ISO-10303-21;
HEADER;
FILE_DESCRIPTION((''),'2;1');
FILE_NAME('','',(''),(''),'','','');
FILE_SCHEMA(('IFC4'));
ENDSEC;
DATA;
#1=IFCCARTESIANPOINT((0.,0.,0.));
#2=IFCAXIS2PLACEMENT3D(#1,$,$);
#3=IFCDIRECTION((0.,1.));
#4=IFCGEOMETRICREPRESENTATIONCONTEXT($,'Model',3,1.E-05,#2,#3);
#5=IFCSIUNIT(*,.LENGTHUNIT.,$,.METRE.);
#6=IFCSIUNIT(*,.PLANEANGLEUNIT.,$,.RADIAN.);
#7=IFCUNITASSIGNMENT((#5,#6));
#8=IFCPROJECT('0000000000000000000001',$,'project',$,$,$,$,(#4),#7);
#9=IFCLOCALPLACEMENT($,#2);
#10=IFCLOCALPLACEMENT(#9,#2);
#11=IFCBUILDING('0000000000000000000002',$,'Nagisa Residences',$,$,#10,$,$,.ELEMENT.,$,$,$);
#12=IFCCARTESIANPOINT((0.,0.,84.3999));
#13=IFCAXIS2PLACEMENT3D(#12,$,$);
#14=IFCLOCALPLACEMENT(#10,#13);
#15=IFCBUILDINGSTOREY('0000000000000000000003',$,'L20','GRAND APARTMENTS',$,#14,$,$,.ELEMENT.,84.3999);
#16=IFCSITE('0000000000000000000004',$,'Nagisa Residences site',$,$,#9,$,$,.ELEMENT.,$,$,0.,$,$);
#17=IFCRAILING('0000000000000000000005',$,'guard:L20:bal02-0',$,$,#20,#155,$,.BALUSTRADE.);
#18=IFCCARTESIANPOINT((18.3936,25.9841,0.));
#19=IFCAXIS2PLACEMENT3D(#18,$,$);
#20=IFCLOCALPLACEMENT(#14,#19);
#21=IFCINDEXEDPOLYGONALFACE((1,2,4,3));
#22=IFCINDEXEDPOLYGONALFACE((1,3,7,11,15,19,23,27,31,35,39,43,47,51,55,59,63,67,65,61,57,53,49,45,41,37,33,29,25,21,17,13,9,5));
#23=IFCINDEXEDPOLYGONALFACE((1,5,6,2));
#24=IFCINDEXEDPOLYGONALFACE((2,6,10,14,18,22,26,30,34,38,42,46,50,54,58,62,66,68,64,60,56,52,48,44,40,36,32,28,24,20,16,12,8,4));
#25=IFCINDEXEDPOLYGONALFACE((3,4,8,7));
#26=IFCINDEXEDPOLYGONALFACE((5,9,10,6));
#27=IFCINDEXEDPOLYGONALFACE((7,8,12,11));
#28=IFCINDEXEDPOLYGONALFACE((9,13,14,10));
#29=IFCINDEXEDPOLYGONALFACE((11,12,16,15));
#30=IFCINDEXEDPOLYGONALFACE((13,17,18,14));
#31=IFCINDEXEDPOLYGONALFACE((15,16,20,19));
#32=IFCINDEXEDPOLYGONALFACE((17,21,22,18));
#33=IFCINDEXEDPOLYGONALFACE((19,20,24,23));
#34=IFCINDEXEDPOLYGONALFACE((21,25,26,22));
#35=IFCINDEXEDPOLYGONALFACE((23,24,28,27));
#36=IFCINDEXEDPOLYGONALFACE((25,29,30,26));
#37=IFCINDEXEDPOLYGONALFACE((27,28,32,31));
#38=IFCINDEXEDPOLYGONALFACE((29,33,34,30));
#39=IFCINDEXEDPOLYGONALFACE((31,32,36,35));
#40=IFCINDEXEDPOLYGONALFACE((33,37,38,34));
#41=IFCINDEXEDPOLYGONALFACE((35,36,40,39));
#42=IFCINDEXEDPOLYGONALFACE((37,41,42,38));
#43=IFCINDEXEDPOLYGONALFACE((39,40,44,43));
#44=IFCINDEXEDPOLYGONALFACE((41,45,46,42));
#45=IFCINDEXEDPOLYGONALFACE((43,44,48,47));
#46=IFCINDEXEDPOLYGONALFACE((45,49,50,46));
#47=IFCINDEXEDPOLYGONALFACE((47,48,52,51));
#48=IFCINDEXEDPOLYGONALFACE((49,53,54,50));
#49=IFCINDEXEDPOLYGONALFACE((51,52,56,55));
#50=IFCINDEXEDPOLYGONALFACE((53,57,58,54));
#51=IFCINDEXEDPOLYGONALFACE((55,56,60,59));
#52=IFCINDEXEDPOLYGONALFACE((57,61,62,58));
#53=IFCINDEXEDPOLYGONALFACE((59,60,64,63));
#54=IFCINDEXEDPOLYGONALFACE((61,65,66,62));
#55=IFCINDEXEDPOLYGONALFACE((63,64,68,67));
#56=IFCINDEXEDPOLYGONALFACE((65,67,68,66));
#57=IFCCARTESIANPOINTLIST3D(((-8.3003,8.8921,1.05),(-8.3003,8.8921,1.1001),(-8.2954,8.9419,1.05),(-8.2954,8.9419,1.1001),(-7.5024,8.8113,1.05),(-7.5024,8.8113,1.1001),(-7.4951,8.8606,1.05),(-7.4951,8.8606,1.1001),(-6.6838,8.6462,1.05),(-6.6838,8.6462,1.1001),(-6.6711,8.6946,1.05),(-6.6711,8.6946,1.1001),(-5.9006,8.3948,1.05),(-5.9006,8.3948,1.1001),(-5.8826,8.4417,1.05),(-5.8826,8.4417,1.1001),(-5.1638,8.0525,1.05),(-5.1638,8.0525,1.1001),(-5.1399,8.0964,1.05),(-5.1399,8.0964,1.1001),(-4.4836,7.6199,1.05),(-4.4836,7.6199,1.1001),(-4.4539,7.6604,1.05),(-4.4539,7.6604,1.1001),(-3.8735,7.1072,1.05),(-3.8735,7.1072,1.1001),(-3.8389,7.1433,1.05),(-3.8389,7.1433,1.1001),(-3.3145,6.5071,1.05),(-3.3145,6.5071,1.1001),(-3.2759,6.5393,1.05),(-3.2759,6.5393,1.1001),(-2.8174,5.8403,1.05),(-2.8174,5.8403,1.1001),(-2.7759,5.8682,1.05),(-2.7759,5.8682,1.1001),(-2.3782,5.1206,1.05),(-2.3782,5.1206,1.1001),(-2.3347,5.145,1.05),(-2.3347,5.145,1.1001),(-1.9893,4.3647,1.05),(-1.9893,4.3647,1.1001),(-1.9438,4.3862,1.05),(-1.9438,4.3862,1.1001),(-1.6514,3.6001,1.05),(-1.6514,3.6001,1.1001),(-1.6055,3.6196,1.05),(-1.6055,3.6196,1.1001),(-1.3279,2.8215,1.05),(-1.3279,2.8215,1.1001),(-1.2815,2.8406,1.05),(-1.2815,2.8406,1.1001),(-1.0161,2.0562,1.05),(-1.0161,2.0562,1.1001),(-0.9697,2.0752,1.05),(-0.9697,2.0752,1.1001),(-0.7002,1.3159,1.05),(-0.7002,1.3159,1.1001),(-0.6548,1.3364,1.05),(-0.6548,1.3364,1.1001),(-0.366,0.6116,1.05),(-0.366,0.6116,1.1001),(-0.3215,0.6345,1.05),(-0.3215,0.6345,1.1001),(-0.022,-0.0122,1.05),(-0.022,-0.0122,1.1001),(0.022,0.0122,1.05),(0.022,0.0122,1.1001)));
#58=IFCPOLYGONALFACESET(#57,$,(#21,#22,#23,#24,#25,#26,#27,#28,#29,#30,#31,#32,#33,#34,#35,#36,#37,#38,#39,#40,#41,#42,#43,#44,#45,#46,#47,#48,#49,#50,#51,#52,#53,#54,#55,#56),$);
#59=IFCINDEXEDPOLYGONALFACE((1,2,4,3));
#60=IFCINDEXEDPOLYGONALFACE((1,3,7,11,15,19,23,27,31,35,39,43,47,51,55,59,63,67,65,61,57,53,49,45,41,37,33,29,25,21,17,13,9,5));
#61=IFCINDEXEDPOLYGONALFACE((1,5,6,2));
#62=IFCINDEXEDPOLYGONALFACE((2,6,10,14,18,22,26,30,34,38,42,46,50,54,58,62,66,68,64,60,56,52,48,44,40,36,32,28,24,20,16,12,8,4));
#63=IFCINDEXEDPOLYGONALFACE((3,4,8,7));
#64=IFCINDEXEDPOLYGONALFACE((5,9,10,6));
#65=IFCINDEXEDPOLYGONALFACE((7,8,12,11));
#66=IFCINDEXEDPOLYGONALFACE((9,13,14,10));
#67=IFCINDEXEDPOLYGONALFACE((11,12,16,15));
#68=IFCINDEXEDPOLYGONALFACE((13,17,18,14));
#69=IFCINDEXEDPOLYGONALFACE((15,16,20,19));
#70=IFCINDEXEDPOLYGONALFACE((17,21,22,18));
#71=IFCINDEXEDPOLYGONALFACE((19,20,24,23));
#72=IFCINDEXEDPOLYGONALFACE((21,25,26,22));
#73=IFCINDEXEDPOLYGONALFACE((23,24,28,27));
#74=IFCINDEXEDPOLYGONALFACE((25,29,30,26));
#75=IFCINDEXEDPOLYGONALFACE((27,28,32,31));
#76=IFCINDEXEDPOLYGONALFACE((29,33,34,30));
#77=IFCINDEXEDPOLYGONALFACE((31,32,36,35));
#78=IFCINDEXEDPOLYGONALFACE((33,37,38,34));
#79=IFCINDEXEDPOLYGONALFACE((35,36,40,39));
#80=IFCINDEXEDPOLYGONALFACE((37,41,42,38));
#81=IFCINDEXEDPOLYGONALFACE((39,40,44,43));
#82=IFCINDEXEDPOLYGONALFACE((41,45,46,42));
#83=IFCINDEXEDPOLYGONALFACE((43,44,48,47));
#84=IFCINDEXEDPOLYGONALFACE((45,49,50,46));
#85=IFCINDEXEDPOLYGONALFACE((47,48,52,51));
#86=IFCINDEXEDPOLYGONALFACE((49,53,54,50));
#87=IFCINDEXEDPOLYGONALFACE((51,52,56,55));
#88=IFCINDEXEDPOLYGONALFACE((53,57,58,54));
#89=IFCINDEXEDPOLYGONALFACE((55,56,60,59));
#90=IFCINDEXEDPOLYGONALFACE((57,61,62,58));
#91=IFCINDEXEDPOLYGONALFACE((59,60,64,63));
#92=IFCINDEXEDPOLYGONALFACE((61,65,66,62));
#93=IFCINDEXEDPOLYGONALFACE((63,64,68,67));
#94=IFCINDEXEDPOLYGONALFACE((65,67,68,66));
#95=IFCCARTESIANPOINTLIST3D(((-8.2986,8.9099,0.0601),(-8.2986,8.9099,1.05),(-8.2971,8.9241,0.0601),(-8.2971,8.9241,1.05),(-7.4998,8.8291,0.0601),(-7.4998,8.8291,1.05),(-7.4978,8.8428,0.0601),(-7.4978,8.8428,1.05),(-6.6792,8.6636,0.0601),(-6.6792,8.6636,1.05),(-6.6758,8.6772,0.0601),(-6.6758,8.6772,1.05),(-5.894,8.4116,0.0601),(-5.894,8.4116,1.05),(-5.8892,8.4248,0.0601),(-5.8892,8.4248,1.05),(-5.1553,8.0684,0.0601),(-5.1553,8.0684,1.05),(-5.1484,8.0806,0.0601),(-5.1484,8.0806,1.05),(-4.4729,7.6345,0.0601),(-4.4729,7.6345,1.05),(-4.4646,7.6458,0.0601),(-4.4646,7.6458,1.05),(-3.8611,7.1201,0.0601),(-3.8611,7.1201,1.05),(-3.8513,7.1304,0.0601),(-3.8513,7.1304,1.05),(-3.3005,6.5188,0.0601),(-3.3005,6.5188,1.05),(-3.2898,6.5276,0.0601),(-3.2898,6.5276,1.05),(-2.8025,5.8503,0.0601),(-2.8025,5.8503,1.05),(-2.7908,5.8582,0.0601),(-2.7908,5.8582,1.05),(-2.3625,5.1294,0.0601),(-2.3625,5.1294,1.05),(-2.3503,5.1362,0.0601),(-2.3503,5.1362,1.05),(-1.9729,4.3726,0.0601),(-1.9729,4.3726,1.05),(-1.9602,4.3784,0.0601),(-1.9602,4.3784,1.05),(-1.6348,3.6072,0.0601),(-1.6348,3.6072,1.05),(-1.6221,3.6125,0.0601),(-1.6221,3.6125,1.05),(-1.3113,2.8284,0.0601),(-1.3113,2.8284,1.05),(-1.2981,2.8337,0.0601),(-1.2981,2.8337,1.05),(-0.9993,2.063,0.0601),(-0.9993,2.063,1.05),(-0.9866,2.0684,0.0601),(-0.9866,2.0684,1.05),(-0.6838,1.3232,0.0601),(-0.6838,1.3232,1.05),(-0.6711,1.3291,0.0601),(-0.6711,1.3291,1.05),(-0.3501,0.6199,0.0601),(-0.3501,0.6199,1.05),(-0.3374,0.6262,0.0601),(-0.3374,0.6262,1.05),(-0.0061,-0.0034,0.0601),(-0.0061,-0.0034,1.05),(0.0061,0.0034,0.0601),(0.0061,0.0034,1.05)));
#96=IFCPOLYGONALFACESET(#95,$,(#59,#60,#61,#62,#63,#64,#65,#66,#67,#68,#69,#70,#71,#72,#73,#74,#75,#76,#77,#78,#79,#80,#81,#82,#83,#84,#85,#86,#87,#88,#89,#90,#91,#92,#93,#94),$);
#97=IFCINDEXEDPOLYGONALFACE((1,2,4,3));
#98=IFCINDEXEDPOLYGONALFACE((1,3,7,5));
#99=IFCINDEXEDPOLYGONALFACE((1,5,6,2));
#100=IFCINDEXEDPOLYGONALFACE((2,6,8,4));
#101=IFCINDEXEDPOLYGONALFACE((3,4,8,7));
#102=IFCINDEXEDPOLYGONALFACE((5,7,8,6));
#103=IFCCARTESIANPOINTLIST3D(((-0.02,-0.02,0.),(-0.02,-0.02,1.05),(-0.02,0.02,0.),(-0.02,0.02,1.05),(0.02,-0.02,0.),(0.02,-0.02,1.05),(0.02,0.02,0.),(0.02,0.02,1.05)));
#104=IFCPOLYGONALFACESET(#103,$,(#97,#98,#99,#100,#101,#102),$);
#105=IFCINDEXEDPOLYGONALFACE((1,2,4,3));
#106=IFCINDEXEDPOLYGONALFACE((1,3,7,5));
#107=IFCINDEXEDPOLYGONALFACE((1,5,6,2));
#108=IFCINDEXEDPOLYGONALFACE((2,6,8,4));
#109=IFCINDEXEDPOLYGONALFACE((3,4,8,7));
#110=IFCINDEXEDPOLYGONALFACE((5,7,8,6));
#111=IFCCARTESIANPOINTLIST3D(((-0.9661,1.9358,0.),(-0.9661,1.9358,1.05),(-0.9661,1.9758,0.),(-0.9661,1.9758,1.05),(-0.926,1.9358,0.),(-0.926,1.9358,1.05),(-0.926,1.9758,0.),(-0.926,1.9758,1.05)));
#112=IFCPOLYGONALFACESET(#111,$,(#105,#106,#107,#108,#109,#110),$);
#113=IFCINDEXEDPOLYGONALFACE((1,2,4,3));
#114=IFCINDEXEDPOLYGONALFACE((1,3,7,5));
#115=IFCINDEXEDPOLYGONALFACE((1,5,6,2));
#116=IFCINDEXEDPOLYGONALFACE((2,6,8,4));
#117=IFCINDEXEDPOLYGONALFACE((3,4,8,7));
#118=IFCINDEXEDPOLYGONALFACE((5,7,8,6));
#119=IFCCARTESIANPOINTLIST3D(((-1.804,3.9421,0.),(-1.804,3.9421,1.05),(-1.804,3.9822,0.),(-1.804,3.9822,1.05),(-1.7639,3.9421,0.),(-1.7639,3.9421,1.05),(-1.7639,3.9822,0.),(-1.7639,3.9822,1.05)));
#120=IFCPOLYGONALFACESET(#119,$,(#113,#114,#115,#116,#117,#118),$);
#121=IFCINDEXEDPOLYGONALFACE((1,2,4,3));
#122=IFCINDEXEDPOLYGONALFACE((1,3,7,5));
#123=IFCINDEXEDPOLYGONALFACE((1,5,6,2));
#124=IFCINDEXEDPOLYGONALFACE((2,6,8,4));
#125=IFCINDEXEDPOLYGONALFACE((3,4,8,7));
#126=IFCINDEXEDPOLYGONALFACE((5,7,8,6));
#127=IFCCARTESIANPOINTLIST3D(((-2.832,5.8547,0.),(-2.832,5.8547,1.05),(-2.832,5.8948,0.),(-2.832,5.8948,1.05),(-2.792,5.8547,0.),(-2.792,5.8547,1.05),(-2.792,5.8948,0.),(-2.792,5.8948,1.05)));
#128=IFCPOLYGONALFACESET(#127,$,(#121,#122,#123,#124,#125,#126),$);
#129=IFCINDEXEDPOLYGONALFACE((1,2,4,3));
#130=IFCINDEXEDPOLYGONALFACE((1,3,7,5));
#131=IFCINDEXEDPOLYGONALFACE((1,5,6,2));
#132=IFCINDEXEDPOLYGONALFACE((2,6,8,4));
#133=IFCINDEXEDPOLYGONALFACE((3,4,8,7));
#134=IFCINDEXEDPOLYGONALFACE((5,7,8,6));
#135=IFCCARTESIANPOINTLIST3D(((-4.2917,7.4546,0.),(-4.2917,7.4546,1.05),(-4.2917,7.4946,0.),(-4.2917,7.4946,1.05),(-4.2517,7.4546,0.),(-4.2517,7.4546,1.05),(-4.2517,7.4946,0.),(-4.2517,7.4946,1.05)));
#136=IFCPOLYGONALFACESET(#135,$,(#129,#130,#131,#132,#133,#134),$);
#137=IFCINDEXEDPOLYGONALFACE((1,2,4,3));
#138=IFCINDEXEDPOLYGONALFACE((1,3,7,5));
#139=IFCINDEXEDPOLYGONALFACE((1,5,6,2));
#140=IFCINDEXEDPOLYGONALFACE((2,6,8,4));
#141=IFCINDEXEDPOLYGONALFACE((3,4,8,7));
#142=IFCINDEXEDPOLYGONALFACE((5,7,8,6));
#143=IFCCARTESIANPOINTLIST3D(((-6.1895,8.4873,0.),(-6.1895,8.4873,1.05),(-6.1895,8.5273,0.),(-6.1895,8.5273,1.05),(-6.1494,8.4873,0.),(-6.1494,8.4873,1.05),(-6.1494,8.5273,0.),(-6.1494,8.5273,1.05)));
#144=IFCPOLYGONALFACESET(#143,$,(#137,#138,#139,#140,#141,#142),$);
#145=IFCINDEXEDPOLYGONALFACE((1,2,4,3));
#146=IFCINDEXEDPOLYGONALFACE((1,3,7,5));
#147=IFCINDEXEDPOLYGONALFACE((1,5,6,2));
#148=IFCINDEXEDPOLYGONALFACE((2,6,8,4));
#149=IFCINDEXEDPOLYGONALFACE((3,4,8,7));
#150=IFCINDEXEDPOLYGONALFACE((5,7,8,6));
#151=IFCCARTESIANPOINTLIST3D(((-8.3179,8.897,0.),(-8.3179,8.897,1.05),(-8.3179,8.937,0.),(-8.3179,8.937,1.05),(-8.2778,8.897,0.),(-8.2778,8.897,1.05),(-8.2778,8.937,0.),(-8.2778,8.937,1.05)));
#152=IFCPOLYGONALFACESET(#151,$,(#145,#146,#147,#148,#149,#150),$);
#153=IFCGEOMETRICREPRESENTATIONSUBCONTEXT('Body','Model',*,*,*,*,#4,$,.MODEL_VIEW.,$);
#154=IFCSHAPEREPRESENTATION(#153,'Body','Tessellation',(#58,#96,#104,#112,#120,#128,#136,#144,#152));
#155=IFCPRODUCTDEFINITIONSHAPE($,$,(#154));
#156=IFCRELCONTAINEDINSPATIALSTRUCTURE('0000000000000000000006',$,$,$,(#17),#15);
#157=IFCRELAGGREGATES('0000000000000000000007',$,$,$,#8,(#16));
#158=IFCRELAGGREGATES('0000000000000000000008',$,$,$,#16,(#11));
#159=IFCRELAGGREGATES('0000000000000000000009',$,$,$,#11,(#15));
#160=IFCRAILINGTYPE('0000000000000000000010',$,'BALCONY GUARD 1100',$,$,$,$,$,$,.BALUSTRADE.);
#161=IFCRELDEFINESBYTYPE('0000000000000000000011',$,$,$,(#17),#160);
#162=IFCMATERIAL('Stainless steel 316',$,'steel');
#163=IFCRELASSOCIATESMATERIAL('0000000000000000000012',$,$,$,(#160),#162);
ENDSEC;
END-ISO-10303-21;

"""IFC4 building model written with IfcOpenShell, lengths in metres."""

from ifc_helpers import new_model, si_unit, direction, frame, origin, origin_2d, place, context, subcontext, project, spatial, polyline, rectangle, outline, extrude, material, type_object, element, save


model = new_model("IFC4")

# Units and contexts
model_context = context("Model", 3, precision=1e-05, world=origin(), true_north=direction((0.0, 1.0)))
body_context = subcontext(model_context, "Body", "Model", "MODEL_VIEW")
ifc_project = project(units=[si_unit("LENGTHUNIT", "METRE"), si_unit("PLANEANGLEUNIT", "RADIAN")], contexts=[model_context])

# Site, building, storey
site_placement = place(None, origin())
site = spatial("IfcSite", under=ifc_project, at=site_placement, Name="Nagisa Residences site", CompositionType="ELEMENT", RefElevation=0.0)
building_placement = place(site_placement, origin())
building = spatial("IfcBuilding", under=site, at=building_placement, Name="Nagisa Residences", CompositionType="ELEMENT")
storey_placement = place(building_placement, frame((0.0, 0.0, 84.3999)))
storey = spatial("IfcBuildingStorey", under=building, at=storey_placement, Name="L20", Description="GRAND APARTMENTS", CompositionType="ELEMENT", Elevation=84.3999)

# Railing
ifc_material_1 = material(Name="Stainless steel 316", Category="steel")
railing_type = type_object("IfcRailingType", Name="BALCONY GUARD 1100", PredefinedType="BALUSTRADE", material=ifc_material_1)
railing_1_placement = place(storey_placement, frame((18.3936, 25.9841, 0.0)))
element("IfcRailing", 1, at=railing_1_placement, inside=storey, type_object=railing_type, Name="guard:L20:bal02-0", PredefinedType="BALUSTRADE", context=body_context, shape_type="SweptSolid", body=[
    extrude(outline(polyline([(-0.366, 0.6116), (-0.022, -0.0122), (0.022, 0.0122), (-0.3215, 0.6345), (-0.6548, 1.3364), (-0.9697, 2.0752), (-1.2815, 2.8406), (-1.6055, 3.6196), (-1.9438, 4.3862), (-2.3347, 5.145), (-2.7759, 5.8682), (-3.2759, 6.5393), (-3.8389, 7.1433), (-4.4539, 7.6604), (-5.1399, 8.0964), (-5.8826, 8.4417), (-6.6711, 8.6946), (-7.4951, 8.8606), (-8.2954, 8.9419), (-8.3003, 8.8921), (-7.5024, 8.8113), (-6.6838, 8.6462), (-5.9006, 8.3948), (-5.1638, 8.0525), (-4.4836, 7.6199), (-3.8735, 7.1072), (-3.3145, 6.5071), (-2.8174, 5.8403), (-2.3782, 5.1206), (-1.9893, 4.3647), (-1.6514, 3.6001), (-1.3279, 2.8215), (-1.0161, 2.0562), (-0.7002, 1.3159), (-0.366, 0.6116)])), frame((0.0, 0.0, 1.05)), (0.0, 0.0, 1.0), 0.05),
    extrude(outline(polyline([(-0.3501, 0.6199), (-0.0061, -0.0034), (0.0061, 0.0034), (-0.3374, 0.6262), (-0.6711, 1.3291), (-0.9866, 2.0684), (-1.2981, 2.8337), (-1.6221, 3.6125), (-1.9602, 4.3784), (-2.3503, 5.1362), (-2.7908, 5.8582), (-3.2898, 6.5276), (-3.8513, 7.1304), (-4.4646, 7.6458), (-5.1484, 8.0806), (-5.8892, 8.4248), (-6.6758, 8.6772), (-7.4978, 8.8428), (-8.2971, 8.9241), (-8.2986, 8.9099), (-7.4998, 8.8291), (-6.6792, 8.6636), (-5.894, 8.4116), (-5.1553, 8.0684), (-4.4729, 7.6345), (-3.8611, 7.1201), (-3.3005, 6.5188), (-2.8025, 5.8503), (-2.3625, 5.1294), (-1.9729, 4.3726), (-1.6348, 3.6072), (-1.3113, 2.8284), (-0.9993, 2.063), (-0.6838, 1.3232), (-0.3501, 0.6199)])), frame((0.0, 0.0, 0.0601)), (0.0, 0.0, 1.0), 0.99),
    extrude(rectangle(XDim=0.04, YDim=0.04, at=origin_2d()), origin(), (0.0, 0.0, 1.0), 1.05),
    extrude(rectangle(XDim=0.04, YDim=0.04, at=origin_2d()), frame((-0.946, 1.9558, 0.0)), (0.0, 0.0, 1.0), 1.05),
    extrude(rectangle(XDim=0.04, YDim=0.04, at=origin_2d()), frame((-1.7839, 3.9622, 0.0)), (0.0, 0.0, 1.0), 1.05),
    extrude(rectangle(XDim=0.04, YDim=0.04, at=origin_2d()), frame((-2.812, 5.8748, 0.0)), (0.0, 0.0, 1.0), 1.05),
    extrude(rectangle(XDim=0.04, YDim=0.04, at=origin_2d()), frame((-4.2717, 7.4746, 0.0)), (0.0, 0.0, 1.0), 1.05),
    extrude(rectangle(XDim=0.04, YDim=0.04, at=origin_2d()), frame((-6.1694, 8.5073, 0.0)), (0.0, 0.0, 1.0), 1.05),
    extrude(rectangle(XDim=0.04, YDim=0.04, at=origin_2d()), frame((-8.2979, 8.917, 0.0)), (0.0, 0.0, 1.0), 1.05),
])

save(model, "model.ifc")
